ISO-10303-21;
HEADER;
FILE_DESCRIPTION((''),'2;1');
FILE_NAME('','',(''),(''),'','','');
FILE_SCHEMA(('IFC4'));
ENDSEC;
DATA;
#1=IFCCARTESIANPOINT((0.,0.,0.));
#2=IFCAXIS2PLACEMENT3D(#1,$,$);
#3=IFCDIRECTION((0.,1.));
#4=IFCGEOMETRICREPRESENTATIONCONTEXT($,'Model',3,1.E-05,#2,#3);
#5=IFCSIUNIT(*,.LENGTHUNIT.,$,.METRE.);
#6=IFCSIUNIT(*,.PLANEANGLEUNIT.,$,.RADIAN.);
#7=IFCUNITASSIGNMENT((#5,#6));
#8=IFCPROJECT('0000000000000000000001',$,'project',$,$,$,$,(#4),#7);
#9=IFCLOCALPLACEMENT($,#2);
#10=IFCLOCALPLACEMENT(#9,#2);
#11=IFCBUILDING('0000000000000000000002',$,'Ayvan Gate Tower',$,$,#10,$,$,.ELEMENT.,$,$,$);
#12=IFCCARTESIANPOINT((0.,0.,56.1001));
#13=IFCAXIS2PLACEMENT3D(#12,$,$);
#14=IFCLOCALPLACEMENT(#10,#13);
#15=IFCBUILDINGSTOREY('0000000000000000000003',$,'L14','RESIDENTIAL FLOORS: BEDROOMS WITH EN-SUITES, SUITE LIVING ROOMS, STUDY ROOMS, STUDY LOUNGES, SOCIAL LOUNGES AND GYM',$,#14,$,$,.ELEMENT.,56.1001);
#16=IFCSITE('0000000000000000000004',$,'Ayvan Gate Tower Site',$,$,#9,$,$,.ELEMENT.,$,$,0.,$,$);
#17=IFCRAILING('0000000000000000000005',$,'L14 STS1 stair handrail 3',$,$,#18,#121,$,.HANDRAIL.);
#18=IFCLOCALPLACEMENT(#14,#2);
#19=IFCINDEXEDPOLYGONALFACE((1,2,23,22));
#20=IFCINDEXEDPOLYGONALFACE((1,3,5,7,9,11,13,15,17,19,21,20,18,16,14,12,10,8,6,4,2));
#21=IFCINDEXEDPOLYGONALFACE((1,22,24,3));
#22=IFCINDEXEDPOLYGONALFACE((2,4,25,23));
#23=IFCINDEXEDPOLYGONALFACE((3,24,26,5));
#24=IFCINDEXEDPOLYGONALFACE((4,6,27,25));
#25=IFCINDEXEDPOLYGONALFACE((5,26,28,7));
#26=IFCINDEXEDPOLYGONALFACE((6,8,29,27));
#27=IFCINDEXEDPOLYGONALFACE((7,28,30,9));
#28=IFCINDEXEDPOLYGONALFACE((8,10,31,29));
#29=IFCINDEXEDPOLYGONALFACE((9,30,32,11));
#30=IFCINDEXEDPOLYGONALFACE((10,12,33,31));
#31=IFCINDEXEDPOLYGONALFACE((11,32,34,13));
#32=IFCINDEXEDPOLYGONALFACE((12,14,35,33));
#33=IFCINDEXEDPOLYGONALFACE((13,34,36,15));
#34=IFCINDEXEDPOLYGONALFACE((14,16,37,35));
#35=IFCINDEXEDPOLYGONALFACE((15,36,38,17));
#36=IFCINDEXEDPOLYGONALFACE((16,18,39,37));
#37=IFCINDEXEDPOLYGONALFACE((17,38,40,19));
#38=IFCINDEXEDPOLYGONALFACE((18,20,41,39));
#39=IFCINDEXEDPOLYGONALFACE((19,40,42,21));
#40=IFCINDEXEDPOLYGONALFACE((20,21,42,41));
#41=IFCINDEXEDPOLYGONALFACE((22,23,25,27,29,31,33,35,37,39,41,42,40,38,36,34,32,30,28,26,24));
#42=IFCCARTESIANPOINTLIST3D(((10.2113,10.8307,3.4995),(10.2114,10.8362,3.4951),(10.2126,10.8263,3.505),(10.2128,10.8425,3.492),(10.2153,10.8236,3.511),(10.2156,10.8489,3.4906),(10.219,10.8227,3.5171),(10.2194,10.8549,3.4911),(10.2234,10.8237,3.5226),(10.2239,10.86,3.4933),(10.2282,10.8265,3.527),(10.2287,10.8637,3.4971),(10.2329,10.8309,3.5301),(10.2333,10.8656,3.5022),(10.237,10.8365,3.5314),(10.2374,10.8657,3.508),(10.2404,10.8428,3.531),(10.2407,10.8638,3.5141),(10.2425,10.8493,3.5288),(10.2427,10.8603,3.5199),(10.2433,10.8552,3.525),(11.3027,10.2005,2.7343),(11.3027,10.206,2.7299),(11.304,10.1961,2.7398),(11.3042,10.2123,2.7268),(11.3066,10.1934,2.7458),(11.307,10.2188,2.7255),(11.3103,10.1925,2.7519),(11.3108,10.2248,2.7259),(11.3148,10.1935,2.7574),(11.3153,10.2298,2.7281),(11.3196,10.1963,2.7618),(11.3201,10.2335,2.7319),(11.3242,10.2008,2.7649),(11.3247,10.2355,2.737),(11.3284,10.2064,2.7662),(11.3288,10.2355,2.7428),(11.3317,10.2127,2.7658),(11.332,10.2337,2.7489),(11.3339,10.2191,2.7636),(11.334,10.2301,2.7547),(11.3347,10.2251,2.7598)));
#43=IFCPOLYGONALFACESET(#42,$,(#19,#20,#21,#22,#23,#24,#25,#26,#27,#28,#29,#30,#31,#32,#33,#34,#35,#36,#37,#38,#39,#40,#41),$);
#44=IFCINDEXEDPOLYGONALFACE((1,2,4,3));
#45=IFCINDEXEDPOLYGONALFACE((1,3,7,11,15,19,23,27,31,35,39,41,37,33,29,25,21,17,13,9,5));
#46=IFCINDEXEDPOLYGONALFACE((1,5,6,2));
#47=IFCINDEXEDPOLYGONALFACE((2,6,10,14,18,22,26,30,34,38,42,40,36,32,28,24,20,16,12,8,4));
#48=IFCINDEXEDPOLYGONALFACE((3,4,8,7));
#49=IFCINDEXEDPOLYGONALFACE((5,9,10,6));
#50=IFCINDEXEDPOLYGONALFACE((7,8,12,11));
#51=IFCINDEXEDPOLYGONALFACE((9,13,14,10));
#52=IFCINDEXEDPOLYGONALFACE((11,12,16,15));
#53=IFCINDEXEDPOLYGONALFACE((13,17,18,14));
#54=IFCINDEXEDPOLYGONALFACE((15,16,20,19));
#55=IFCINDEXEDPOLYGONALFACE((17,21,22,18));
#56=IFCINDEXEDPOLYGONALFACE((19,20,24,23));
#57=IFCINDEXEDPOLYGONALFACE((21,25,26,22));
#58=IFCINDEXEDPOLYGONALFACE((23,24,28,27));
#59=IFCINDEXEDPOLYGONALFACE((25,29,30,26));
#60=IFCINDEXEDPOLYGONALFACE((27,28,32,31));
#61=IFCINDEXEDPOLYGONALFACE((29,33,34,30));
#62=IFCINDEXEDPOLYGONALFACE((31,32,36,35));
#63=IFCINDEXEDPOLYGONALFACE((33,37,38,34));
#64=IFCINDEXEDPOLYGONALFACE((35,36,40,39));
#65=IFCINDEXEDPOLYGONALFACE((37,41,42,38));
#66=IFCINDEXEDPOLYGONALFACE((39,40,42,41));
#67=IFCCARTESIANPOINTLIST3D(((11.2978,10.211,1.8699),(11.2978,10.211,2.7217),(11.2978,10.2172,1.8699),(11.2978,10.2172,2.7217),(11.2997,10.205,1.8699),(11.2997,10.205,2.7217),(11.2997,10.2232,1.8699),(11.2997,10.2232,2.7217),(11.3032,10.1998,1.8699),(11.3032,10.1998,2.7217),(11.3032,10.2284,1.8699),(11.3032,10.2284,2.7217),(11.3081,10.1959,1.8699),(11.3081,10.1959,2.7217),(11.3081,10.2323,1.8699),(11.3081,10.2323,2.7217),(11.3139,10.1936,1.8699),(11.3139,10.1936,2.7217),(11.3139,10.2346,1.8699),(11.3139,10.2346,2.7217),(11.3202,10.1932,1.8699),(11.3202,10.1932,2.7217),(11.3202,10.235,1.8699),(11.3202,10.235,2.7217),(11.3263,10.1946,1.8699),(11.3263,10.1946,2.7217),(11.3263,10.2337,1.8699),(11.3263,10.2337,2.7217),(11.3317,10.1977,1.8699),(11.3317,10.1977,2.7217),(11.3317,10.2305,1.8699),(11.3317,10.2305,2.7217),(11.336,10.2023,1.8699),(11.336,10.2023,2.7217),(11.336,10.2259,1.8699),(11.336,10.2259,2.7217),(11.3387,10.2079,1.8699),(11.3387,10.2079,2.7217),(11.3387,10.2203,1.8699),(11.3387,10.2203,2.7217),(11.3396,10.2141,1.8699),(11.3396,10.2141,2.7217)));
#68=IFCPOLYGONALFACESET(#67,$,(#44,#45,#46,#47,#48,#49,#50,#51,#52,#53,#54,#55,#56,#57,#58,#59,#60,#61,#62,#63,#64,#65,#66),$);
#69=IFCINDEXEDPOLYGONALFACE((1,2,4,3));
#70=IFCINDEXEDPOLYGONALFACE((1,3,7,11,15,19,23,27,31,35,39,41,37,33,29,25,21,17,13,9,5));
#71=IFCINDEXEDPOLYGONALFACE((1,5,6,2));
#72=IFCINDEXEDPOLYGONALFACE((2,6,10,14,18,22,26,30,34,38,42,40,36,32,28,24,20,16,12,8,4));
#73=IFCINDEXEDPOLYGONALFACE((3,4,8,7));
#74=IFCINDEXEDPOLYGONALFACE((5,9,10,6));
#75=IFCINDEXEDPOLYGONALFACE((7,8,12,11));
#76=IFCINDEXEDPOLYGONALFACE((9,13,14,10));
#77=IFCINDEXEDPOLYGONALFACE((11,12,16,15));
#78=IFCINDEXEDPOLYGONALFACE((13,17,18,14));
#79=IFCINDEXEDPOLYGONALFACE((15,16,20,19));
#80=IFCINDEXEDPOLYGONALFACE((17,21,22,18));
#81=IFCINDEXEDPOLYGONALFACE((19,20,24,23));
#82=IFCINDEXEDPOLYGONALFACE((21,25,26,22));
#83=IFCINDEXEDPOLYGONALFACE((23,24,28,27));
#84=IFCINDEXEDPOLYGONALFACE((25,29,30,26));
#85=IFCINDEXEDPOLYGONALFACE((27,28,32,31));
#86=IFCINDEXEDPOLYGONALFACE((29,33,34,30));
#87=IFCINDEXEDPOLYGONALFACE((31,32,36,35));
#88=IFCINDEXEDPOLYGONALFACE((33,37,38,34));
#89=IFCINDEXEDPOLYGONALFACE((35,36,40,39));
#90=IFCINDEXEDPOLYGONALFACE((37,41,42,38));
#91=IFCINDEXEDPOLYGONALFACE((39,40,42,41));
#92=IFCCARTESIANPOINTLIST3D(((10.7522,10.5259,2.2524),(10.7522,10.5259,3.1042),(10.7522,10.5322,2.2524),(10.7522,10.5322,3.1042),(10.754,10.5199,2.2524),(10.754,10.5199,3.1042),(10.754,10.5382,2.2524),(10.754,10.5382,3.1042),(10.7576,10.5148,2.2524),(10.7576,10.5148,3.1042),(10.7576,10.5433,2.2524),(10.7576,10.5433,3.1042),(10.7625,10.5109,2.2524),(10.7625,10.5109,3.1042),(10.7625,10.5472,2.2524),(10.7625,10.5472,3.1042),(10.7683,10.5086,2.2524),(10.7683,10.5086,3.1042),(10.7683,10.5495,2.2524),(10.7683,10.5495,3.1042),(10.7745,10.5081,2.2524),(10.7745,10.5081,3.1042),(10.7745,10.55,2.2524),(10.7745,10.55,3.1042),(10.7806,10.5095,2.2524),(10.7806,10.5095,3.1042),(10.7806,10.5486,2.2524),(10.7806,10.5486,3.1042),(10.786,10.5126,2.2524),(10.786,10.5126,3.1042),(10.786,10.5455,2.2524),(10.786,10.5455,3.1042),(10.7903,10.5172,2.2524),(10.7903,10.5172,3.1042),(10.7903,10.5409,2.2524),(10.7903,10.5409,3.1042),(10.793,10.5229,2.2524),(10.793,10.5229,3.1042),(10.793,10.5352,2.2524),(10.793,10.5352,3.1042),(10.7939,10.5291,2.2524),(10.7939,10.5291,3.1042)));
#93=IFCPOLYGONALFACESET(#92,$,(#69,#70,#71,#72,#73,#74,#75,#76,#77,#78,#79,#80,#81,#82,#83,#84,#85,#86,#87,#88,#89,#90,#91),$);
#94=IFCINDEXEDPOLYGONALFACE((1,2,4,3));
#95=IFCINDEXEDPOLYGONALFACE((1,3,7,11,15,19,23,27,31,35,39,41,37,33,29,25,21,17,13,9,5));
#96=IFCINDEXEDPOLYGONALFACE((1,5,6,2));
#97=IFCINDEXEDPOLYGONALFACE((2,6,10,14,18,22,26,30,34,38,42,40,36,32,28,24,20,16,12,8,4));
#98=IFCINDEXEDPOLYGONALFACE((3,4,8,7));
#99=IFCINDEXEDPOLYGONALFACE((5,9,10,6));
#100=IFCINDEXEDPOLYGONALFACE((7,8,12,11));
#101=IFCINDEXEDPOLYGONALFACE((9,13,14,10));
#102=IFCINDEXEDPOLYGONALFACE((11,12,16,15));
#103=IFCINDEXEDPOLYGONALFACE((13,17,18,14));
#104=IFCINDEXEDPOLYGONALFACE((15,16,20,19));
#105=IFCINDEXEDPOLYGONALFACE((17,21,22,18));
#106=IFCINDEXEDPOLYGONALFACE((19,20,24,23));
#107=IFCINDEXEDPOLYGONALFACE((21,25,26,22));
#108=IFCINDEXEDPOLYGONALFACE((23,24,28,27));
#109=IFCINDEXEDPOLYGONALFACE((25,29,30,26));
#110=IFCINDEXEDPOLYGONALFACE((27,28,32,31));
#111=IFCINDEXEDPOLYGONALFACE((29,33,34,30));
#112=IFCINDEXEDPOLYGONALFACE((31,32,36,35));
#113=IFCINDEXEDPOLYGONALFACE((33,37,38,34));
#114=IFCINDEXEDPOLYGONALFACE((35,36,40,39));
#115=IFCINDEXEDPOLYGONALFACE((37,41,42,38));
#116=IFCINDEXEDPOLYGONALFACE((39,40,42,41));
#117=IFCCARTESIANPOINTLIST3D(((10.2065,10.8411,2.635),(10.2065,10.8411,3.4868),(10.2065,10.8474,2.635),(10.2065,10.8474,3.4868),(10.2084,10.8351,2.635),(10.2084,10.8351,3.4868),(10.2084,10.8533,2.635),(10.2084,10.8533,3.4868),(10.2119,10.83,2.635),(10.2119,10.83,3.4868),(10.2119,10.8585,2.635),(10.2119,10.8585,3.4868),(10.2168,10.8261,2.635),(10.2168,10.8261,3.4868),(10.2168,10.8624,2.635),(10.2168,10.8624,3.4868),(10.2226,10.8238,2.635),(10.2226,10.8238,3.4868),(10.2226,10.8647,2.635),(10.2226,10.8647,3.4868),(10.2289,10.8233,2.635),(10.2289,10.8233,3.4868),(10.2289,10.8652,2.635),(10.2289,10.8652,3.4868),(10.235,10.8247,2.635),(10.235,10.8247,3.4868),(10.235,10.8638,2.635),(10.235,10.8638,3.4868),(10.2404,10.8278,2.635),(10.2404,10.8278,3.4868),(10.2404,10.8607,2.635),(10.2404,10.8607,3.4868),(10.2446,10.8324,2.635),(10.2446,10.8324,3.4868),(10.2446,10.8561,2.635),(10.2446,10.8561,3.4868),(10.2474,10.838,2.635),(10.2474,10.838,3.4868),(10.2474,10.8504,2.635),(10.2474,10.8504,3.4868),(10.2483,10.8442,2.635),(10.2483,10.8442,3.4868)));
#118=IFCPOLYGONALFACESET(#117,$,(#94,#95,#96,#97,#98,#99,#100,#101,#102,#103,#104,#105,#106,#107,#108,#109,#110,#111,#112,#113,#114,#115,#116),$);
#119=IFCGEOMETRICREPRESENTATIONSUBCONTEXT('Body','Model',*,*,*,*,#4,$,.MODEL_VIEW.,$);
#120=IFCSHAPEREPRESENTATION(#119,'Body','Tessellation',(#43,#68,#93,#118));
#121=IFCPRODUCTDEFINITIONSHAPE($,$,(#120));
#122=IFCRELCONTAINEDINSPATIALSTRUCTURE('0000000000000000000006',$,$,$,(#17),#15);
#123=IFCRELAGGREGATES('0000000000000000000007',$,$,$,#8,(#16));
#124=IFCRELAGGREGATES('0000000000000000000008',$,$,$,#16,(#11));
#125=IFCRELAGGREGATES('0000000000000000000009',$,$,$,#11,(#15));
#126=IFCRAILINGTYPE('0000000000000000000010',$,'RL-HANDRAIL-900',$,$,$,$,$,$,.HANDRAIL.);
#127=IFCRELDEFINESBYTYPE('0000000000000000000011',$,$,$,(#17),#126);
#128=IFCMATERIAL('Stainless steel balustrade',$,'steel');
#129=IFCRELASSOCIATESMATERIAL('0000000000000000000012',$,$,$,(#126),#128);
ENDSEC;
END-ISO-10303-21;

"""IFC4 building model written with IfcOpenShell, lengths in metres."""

from ifc_helpers import new_model, si_unit, direction, frame, origin, origin_2d, place, context, subcontext, project, spatial, circle, extrude, material, type_object, element, save


model = new_model("IFC4")

# Units and contexts
model_context = context("Model", 3, precision=1e-05, world=origin(), true_north=direction((0.0, 1.0)))
body_context = subcontext(model_context, "Body", "Model", "MODEL_VIEW")
ifc_project = project(units=[si_unit("LENGTHUNIT", "METRE"), si_unit("PLANEANGLEUNIT", "RADIAN")], contexts=[model_context])

# Site, building, storey
site_placement = place(None, origin())
site = spatial("IfcSite", under=ifc_project, at=site_placement, Name="Ayvan Gate Tower Site", CompositionType="ELEMENT", RefElevation=0.0)
building_placement = place(site_placement, origin())
building = spatial("IfcBuilding", under=site, at=building_placement, Name="Ayvan Gate Tower", CompositionType="ELEMENT")
storey_placement = place(building_placement, frame((0.0, 0.0, 56.1001)))
storey = spatial("IfcBuildingStorey", under=building, at=storey_placement, Name="L14", Description="RESIDENTIAL FLOORS: BEDROOMS WITH EN-SUITES, SUITE LIVING ROOMS, STUDY ROOMS, STUDY LOUNGES, SOCIAL LOUNGES AND GYM", CompositionType="ELEMENT", Elevation=56.1001)

# Railing
ifc_material_1 = material(Name="Stainless steel balustrade", Category="steel")
railing_type_1 = type_object("IfcRailingType", Name="RL-HANDRAIL-900", PredefinedType="HANDRAIL", material=ifc_material_1)
railing_1_placement = place(storey_placement, frame((11.3186, 10.2141, 1.8699)))
element("IfcRailing", 1, at=railing_1_placement, inside=storey, type_object=railing_type_1, Name="L14 STS1 stair handrail 3", PredefinedType="HANDRAIL", context=body_context, shape_type="SweptSolid", body=[
    extrude(circle(Radius=0.0239, at=origin_2d()), frame((0.0, 0.0, 0.876), z_axis=(-0.740241, 0.427419, 0.518996), x_axis=(-0.500035, -0.866005, 0.0)), (0.0, 0.0, 1.0), 1.4744),
    extrude(circle(Radius=0.021, at=origin_2d()), origin(), (0.0, 0.0, 1.0), 0.8518),
    extrude(circle(Radius=0.021, at=origin_2d()), frame((-0.5457, 0.3149, 0.3826)), (0.0, 0.0, 1.0), 0.8518),
    extrude(circle(Radius=0.021, at=origin_2d()), frame((-1.0913, 0.6301, 0.7651)), (0.0, 0.0, 1.0), 0.8518),
])

save(model, "model.ifc")
